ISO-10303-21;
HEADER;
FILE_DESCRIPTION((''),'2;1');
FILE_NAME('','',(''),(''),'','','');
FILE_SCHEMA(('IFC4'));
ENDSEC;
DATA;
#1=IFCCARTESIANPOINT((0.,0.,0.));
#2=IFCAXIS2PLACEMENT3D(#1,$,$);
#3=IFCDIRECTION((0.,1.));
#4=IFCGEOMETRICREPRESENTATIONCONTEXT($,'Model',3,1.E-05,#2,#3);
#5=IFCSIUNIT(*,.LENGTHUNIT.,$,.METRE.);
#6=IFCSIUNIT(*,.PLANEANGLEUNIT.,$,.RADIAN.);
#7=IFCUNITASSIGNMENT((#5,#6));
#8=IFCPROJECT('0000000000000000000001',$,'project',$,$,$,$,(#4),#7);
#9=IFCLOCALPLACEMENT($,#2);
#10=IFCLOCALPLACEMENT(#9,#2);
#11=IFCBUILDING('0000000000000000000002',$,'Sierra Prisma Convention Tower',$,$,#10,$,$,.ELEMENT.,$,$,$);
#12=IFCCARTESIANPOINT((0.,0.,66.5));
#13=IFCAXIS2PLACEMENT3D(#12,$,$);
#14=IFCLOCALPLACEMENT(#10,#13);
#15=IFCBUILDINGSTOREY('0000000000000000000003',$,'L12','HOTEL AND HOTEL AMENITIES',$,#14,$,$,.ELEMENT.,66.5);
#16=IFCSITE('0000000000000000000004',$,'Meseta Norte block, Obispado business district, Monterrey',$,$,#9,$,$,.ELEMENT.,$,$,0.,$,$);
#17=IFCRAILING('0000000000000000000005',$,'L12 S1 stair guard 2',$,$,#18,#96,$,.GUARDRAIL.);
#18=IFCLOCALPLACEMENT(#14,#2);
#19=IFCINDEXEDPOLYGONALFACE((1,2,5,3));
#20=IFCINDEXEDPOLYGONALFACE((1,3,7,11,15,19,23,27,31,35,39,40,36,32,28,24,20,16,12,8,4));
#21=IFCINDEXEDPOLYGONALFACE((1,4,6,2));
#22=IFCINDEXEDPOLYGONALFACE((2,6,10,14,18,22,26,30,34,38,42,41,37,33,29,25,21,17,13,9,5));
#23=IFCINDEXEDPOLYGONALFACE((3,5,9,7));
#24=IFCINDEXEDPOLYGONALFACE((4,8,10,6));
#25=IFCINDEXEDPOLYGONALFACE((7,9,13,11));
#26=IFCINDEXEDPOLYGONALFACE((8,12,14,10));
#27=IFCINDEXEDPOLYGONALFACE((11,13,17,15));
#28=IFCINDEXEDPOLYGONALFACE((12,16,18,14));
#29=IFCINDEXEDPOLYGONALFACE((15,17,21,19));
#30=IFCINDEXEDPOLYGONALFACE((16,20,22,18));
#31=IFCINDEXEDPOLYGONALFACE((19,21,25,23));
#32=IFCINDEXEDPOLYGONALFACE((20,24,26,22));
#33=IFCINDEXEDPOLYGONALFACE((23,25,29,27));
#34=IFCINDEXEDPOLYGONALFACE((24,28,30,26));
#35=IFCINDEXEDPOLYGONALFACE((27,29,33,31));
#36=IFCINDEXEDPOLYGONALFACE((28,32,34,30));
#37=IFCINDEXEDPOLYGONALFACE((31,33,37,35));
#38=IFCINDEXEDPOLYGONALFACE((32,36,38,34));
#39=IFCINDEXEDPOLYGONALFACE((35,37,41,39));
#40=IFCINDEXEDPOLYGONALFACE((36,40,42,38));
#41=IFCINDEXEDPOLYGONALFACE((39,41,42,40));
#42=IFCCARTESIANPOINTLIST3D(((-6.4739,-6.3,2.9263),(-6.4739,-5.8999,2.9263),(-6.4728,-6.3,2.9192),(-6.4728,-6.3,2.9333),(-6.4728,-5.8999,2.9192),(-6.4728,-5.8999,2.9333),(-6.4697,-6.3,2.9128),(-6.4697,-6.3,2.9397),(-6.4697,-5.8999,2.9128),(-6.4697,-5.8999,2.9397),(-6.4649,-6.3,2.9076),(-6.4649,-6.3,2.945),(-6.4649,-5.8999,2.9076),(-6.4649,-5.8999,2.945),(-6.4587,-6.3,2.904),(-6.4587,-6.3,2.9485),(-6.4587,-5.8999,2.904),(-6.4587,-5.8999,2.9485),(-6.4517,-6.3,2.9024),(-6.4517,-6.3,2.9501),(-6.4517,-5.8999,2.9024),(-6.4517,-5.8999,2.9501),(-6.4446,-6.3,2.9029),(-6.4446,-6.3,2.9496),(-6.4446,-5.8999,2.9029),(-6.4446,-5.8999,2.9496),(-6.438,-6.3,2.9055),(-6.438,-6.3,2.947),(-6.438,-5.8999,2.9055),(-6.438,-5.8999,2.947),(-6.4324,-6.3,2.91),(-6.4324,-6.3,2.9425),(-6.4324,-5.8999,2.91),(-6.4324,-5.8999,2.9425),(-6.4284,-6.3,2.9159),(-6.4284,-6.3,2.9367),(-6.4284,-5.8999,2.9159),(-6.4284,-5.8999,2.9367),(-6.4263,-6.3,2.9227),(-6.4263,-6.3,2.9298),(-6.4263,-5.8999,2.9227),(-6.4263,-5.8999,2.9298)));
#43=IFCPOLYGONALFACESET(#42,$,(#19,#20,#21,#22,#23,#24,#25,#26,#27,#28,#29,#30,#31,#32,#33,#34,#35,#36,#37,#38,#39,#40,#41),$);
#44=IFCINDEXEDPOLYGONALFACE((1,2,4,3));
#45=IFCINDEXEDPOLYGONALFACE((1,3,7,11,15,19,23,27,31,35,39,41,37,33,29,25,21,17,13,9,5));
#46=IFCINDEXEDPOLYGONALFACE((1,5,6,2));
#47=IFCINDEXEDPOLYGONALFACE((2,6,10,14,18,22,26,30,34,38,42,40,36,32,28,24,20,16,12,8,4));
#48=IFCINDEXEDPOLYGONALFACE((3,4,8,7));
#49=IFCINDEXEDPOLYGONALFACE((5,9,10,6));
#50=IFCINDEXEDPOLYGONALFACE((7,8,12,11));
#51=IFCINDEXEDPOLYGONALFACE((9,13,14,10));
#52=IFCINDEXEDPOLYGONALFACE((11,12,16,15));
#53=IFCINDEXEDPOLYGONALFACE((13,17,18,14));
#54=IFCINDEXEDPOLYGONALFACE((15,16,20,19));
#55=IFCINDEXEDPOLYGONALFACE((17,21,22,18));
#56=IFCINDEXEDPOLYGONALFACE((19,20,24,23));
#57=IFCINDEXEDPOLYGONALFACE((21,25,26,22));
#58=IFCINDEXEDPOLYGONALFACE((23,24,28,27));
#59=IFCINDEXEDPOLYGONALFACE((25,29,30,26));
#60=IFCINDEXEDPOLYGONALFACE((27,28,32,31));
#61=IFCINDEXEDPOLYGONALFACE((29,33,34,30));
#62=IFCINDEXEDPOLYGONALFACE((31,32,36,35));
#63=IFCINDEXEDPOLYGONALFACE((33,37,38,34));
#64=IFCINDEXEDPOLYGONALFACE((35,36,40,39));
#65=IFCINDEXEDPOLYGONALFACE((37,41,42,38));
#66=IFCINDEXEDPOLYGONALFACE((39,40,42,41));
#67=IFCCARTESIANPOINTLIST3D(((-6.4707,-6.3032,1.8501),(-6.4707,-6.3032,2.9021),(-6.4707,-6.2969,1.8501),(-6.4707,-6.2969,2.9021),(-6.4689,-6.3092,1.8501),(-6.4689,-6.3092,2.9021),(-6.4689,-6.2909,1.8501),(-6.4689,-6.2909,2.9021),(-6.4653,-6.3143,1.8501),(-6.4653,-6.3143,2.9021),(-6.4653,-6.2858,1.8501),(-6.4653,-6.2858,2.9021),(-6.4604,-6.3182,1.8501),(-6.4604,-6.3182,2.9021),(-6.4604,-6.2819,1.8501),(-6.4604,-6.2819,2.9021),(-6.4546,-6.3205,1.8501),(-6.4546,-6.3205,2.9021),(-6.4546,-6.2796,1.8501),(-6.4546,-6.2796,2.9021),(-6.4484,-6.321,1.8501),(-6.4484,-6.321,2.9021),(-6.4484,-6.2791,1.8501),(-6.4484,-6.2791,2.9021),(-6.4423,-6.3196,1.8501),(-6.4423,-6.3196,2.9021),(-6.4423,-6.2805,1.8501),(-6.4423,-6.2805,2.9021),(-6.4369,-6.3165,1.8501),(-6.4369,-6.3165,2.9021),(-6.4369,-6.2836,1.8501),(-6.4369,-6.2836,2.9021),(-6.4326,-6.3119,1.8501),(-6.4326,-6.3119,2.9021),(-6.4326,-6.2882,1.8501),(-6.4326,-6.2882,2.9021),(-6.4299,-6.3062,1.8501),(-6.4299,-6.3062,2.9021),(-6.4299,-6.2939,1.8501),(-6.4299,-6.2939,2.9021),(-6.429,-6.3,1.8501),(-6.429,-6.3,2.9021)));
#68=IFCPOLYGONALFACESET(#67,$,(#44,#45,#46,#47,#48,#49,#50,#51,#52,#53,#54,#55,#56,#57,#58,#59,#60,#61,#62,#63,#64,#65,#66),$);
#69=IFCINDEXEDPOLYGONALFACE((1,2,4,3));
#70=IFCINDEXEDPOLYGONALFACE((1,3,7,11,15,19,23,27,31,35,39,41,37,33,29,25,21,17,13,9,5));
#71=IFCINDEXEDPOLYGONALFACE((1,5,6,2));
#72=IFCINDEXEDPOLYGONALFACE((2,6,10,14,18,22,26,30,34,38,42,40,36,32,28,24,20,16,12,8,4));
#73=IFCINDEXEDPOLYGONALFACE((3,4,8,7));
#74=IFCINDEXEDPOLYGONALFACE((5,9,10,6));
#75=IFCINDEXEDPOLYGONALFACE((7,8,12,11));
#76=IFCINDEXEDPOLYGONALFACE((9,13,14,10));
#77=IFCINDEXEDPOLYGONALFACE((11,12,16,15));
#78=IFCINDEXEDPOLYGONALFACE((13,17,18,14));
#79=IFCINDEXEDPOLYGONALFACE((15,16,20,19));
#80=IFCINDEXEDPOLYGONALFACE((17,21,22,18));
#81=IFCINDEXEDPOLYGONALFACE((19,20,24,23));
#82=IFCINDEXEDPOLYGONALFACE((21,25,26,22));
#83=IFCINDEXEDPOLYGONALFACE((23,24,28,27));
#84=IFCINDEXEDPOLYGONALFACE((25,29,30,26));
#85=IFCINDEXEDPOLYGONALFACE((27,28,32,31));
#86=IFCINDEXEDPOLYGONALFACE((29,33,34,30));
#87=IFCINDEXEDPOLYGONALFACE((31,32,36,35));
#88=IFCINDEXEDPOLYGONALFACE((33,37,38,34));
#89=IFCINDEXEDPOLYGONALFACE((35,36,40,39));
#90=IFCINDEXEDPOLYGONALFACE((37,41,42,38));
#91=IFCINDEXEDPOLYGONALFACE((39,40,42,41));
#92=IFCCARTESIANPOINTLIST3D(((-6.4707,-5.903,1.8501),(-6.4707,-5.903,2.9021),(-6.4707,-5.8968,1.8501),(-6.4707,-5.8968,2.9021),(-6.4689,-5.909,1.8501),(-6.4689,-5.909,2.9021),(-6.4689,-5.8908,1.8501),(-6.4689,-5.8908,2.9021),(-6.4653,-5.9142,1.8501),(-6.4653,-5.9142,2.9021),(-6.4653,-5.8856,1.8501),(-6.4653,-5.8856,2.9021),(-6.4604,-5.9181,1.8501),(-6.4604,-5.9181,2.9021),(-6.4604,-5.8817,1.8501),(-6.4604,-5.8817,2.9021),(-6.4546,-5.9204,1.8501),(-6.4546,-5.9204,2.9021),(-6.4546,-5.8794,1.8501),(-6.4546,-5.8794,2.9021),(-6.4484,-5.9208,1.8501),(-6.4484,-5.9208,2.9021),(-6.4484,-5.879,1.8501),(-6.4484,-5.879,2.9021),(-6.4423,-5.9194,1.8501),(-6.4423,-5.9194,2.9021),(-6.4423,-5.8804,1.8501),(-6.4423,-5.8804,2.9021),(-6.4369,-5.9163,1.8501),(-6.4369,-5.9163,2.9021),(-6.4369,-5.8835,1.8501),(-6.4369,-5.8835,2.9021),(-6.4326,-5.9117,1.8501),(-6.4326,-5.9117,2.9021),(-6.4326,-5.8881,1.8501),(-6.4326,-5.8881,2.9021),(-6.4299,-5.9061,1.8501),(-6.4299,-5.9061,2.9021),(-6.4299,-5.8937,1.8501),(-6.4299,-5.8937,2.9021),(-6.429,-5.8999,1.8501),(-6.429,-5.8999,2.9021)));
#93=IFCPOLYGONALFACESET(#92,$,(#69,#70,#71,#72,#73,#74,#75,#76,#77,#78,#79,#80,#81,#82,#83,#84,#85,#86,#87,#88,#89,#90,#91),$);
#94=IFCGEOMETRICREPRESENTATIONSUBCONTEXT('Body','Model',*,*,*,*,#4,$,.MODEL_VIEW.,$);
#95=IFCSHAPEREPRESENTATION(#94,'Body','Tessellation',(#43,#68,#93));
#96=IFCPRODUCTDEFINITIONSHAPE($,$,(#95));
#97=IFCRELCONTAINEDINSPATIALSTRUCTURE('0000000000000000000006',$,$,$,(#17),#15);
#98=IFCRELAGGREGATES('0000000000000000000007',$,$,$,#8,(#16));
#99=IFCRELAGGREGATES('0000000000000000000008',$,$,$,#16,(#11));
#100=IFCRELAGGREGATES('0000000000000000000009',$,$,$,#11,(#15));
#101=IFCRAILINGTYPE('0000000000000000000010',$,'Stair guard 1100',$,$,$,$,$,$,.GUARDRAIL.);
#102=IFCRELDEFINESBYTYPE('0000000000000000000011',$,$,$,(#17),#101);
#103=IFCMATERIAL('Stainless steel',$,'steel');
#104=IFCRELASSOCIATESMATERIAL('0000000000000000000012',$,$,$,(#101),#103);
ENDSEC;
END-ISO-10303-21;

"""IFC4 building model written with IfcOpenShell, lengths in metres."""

from ifc_helpers import new_model, si_unit, direction, frame, origin, origin_2d, place, context, subcontext, project, spatial, circle, extrude, material, type_object, element, save


model = new_model("IFC4")

# Units and contexts
model_context = context("Model", 3, precision=1e-05, world=origin(), true_north=direction((0.0, 1.0)))
body_context = subcontext(model_context, "Body", "Model", "MODEL_VIEW")
ifc_project = project(units=[si_unit("LENGTHUNIT", "METRE"), si_unit("PLANEANGLEUNIT", "RADIAN")], contexts=[model_context])

# Site, building, storey
site_placement = place(None, origin())
site = spatial("IfcSite", under=ifc_project, at=site_placement, Name="Meseta Norte block, Obispado business district, Monterrey", CompositionType="ELEMENT", RefElevation=0.0)
building_placement = place(site_placement, origin())
building = spatial("IfcBuilding", under=site, at=building_placement, Name="Sierra Prisma Convention Tower", CompositionType="ELEMENT")
storey_placement = place(building_placement, frame((0.0, 0.0, 66.5)))
storey = spatial("IfcBuildingStorey", under=building, at=storey_placement, Name="L12", Description="HOTEL AND HOTEL AMENITIES", CompositionType="ELEMENT", Elevation=66.5)

# Railing
ifc_material_1 = material(Name="Stainless steel", Category="steel")
railing_type_1 = type_object("IfcRailingType", Name="Stair guard 1100", PredefinedType="GUARDRAIL", material=ifc_material_1)
railing_1_placement = place(storey_placement, frame((-6.45, -6.3, 1.8501)))
element("IfcRailing", 1, at=railing_1_placement, inside=storey, type_object=railing_type_1, Name="L12 S1 stair guard 2", PredefinedType="GUARDRAIL", context=body_context, shape_type="SweptSolid", body=[
    extrude(circle(Radius=0.0239, at=origin_2d()), frame((0.0, 0.0, 1.0762), z_axis=(0.0, 1.0, 0.0), x_axis=(-1.0, 0.0, 0.0)), (0.0, 0.0, 1.0), 0.4001),
    extrude(circle(Radius=0.021, at=origin_2d()), origin(), (0.0, 0.0, 1.0), 1.052),
    extrude(circle(Radius=0.021, at=origin_2d()), frame((0.0, 0.4001, 0.0)), (0.0, 0.0, 1.0), 1.052),
])

save(model, "model.ifc")
